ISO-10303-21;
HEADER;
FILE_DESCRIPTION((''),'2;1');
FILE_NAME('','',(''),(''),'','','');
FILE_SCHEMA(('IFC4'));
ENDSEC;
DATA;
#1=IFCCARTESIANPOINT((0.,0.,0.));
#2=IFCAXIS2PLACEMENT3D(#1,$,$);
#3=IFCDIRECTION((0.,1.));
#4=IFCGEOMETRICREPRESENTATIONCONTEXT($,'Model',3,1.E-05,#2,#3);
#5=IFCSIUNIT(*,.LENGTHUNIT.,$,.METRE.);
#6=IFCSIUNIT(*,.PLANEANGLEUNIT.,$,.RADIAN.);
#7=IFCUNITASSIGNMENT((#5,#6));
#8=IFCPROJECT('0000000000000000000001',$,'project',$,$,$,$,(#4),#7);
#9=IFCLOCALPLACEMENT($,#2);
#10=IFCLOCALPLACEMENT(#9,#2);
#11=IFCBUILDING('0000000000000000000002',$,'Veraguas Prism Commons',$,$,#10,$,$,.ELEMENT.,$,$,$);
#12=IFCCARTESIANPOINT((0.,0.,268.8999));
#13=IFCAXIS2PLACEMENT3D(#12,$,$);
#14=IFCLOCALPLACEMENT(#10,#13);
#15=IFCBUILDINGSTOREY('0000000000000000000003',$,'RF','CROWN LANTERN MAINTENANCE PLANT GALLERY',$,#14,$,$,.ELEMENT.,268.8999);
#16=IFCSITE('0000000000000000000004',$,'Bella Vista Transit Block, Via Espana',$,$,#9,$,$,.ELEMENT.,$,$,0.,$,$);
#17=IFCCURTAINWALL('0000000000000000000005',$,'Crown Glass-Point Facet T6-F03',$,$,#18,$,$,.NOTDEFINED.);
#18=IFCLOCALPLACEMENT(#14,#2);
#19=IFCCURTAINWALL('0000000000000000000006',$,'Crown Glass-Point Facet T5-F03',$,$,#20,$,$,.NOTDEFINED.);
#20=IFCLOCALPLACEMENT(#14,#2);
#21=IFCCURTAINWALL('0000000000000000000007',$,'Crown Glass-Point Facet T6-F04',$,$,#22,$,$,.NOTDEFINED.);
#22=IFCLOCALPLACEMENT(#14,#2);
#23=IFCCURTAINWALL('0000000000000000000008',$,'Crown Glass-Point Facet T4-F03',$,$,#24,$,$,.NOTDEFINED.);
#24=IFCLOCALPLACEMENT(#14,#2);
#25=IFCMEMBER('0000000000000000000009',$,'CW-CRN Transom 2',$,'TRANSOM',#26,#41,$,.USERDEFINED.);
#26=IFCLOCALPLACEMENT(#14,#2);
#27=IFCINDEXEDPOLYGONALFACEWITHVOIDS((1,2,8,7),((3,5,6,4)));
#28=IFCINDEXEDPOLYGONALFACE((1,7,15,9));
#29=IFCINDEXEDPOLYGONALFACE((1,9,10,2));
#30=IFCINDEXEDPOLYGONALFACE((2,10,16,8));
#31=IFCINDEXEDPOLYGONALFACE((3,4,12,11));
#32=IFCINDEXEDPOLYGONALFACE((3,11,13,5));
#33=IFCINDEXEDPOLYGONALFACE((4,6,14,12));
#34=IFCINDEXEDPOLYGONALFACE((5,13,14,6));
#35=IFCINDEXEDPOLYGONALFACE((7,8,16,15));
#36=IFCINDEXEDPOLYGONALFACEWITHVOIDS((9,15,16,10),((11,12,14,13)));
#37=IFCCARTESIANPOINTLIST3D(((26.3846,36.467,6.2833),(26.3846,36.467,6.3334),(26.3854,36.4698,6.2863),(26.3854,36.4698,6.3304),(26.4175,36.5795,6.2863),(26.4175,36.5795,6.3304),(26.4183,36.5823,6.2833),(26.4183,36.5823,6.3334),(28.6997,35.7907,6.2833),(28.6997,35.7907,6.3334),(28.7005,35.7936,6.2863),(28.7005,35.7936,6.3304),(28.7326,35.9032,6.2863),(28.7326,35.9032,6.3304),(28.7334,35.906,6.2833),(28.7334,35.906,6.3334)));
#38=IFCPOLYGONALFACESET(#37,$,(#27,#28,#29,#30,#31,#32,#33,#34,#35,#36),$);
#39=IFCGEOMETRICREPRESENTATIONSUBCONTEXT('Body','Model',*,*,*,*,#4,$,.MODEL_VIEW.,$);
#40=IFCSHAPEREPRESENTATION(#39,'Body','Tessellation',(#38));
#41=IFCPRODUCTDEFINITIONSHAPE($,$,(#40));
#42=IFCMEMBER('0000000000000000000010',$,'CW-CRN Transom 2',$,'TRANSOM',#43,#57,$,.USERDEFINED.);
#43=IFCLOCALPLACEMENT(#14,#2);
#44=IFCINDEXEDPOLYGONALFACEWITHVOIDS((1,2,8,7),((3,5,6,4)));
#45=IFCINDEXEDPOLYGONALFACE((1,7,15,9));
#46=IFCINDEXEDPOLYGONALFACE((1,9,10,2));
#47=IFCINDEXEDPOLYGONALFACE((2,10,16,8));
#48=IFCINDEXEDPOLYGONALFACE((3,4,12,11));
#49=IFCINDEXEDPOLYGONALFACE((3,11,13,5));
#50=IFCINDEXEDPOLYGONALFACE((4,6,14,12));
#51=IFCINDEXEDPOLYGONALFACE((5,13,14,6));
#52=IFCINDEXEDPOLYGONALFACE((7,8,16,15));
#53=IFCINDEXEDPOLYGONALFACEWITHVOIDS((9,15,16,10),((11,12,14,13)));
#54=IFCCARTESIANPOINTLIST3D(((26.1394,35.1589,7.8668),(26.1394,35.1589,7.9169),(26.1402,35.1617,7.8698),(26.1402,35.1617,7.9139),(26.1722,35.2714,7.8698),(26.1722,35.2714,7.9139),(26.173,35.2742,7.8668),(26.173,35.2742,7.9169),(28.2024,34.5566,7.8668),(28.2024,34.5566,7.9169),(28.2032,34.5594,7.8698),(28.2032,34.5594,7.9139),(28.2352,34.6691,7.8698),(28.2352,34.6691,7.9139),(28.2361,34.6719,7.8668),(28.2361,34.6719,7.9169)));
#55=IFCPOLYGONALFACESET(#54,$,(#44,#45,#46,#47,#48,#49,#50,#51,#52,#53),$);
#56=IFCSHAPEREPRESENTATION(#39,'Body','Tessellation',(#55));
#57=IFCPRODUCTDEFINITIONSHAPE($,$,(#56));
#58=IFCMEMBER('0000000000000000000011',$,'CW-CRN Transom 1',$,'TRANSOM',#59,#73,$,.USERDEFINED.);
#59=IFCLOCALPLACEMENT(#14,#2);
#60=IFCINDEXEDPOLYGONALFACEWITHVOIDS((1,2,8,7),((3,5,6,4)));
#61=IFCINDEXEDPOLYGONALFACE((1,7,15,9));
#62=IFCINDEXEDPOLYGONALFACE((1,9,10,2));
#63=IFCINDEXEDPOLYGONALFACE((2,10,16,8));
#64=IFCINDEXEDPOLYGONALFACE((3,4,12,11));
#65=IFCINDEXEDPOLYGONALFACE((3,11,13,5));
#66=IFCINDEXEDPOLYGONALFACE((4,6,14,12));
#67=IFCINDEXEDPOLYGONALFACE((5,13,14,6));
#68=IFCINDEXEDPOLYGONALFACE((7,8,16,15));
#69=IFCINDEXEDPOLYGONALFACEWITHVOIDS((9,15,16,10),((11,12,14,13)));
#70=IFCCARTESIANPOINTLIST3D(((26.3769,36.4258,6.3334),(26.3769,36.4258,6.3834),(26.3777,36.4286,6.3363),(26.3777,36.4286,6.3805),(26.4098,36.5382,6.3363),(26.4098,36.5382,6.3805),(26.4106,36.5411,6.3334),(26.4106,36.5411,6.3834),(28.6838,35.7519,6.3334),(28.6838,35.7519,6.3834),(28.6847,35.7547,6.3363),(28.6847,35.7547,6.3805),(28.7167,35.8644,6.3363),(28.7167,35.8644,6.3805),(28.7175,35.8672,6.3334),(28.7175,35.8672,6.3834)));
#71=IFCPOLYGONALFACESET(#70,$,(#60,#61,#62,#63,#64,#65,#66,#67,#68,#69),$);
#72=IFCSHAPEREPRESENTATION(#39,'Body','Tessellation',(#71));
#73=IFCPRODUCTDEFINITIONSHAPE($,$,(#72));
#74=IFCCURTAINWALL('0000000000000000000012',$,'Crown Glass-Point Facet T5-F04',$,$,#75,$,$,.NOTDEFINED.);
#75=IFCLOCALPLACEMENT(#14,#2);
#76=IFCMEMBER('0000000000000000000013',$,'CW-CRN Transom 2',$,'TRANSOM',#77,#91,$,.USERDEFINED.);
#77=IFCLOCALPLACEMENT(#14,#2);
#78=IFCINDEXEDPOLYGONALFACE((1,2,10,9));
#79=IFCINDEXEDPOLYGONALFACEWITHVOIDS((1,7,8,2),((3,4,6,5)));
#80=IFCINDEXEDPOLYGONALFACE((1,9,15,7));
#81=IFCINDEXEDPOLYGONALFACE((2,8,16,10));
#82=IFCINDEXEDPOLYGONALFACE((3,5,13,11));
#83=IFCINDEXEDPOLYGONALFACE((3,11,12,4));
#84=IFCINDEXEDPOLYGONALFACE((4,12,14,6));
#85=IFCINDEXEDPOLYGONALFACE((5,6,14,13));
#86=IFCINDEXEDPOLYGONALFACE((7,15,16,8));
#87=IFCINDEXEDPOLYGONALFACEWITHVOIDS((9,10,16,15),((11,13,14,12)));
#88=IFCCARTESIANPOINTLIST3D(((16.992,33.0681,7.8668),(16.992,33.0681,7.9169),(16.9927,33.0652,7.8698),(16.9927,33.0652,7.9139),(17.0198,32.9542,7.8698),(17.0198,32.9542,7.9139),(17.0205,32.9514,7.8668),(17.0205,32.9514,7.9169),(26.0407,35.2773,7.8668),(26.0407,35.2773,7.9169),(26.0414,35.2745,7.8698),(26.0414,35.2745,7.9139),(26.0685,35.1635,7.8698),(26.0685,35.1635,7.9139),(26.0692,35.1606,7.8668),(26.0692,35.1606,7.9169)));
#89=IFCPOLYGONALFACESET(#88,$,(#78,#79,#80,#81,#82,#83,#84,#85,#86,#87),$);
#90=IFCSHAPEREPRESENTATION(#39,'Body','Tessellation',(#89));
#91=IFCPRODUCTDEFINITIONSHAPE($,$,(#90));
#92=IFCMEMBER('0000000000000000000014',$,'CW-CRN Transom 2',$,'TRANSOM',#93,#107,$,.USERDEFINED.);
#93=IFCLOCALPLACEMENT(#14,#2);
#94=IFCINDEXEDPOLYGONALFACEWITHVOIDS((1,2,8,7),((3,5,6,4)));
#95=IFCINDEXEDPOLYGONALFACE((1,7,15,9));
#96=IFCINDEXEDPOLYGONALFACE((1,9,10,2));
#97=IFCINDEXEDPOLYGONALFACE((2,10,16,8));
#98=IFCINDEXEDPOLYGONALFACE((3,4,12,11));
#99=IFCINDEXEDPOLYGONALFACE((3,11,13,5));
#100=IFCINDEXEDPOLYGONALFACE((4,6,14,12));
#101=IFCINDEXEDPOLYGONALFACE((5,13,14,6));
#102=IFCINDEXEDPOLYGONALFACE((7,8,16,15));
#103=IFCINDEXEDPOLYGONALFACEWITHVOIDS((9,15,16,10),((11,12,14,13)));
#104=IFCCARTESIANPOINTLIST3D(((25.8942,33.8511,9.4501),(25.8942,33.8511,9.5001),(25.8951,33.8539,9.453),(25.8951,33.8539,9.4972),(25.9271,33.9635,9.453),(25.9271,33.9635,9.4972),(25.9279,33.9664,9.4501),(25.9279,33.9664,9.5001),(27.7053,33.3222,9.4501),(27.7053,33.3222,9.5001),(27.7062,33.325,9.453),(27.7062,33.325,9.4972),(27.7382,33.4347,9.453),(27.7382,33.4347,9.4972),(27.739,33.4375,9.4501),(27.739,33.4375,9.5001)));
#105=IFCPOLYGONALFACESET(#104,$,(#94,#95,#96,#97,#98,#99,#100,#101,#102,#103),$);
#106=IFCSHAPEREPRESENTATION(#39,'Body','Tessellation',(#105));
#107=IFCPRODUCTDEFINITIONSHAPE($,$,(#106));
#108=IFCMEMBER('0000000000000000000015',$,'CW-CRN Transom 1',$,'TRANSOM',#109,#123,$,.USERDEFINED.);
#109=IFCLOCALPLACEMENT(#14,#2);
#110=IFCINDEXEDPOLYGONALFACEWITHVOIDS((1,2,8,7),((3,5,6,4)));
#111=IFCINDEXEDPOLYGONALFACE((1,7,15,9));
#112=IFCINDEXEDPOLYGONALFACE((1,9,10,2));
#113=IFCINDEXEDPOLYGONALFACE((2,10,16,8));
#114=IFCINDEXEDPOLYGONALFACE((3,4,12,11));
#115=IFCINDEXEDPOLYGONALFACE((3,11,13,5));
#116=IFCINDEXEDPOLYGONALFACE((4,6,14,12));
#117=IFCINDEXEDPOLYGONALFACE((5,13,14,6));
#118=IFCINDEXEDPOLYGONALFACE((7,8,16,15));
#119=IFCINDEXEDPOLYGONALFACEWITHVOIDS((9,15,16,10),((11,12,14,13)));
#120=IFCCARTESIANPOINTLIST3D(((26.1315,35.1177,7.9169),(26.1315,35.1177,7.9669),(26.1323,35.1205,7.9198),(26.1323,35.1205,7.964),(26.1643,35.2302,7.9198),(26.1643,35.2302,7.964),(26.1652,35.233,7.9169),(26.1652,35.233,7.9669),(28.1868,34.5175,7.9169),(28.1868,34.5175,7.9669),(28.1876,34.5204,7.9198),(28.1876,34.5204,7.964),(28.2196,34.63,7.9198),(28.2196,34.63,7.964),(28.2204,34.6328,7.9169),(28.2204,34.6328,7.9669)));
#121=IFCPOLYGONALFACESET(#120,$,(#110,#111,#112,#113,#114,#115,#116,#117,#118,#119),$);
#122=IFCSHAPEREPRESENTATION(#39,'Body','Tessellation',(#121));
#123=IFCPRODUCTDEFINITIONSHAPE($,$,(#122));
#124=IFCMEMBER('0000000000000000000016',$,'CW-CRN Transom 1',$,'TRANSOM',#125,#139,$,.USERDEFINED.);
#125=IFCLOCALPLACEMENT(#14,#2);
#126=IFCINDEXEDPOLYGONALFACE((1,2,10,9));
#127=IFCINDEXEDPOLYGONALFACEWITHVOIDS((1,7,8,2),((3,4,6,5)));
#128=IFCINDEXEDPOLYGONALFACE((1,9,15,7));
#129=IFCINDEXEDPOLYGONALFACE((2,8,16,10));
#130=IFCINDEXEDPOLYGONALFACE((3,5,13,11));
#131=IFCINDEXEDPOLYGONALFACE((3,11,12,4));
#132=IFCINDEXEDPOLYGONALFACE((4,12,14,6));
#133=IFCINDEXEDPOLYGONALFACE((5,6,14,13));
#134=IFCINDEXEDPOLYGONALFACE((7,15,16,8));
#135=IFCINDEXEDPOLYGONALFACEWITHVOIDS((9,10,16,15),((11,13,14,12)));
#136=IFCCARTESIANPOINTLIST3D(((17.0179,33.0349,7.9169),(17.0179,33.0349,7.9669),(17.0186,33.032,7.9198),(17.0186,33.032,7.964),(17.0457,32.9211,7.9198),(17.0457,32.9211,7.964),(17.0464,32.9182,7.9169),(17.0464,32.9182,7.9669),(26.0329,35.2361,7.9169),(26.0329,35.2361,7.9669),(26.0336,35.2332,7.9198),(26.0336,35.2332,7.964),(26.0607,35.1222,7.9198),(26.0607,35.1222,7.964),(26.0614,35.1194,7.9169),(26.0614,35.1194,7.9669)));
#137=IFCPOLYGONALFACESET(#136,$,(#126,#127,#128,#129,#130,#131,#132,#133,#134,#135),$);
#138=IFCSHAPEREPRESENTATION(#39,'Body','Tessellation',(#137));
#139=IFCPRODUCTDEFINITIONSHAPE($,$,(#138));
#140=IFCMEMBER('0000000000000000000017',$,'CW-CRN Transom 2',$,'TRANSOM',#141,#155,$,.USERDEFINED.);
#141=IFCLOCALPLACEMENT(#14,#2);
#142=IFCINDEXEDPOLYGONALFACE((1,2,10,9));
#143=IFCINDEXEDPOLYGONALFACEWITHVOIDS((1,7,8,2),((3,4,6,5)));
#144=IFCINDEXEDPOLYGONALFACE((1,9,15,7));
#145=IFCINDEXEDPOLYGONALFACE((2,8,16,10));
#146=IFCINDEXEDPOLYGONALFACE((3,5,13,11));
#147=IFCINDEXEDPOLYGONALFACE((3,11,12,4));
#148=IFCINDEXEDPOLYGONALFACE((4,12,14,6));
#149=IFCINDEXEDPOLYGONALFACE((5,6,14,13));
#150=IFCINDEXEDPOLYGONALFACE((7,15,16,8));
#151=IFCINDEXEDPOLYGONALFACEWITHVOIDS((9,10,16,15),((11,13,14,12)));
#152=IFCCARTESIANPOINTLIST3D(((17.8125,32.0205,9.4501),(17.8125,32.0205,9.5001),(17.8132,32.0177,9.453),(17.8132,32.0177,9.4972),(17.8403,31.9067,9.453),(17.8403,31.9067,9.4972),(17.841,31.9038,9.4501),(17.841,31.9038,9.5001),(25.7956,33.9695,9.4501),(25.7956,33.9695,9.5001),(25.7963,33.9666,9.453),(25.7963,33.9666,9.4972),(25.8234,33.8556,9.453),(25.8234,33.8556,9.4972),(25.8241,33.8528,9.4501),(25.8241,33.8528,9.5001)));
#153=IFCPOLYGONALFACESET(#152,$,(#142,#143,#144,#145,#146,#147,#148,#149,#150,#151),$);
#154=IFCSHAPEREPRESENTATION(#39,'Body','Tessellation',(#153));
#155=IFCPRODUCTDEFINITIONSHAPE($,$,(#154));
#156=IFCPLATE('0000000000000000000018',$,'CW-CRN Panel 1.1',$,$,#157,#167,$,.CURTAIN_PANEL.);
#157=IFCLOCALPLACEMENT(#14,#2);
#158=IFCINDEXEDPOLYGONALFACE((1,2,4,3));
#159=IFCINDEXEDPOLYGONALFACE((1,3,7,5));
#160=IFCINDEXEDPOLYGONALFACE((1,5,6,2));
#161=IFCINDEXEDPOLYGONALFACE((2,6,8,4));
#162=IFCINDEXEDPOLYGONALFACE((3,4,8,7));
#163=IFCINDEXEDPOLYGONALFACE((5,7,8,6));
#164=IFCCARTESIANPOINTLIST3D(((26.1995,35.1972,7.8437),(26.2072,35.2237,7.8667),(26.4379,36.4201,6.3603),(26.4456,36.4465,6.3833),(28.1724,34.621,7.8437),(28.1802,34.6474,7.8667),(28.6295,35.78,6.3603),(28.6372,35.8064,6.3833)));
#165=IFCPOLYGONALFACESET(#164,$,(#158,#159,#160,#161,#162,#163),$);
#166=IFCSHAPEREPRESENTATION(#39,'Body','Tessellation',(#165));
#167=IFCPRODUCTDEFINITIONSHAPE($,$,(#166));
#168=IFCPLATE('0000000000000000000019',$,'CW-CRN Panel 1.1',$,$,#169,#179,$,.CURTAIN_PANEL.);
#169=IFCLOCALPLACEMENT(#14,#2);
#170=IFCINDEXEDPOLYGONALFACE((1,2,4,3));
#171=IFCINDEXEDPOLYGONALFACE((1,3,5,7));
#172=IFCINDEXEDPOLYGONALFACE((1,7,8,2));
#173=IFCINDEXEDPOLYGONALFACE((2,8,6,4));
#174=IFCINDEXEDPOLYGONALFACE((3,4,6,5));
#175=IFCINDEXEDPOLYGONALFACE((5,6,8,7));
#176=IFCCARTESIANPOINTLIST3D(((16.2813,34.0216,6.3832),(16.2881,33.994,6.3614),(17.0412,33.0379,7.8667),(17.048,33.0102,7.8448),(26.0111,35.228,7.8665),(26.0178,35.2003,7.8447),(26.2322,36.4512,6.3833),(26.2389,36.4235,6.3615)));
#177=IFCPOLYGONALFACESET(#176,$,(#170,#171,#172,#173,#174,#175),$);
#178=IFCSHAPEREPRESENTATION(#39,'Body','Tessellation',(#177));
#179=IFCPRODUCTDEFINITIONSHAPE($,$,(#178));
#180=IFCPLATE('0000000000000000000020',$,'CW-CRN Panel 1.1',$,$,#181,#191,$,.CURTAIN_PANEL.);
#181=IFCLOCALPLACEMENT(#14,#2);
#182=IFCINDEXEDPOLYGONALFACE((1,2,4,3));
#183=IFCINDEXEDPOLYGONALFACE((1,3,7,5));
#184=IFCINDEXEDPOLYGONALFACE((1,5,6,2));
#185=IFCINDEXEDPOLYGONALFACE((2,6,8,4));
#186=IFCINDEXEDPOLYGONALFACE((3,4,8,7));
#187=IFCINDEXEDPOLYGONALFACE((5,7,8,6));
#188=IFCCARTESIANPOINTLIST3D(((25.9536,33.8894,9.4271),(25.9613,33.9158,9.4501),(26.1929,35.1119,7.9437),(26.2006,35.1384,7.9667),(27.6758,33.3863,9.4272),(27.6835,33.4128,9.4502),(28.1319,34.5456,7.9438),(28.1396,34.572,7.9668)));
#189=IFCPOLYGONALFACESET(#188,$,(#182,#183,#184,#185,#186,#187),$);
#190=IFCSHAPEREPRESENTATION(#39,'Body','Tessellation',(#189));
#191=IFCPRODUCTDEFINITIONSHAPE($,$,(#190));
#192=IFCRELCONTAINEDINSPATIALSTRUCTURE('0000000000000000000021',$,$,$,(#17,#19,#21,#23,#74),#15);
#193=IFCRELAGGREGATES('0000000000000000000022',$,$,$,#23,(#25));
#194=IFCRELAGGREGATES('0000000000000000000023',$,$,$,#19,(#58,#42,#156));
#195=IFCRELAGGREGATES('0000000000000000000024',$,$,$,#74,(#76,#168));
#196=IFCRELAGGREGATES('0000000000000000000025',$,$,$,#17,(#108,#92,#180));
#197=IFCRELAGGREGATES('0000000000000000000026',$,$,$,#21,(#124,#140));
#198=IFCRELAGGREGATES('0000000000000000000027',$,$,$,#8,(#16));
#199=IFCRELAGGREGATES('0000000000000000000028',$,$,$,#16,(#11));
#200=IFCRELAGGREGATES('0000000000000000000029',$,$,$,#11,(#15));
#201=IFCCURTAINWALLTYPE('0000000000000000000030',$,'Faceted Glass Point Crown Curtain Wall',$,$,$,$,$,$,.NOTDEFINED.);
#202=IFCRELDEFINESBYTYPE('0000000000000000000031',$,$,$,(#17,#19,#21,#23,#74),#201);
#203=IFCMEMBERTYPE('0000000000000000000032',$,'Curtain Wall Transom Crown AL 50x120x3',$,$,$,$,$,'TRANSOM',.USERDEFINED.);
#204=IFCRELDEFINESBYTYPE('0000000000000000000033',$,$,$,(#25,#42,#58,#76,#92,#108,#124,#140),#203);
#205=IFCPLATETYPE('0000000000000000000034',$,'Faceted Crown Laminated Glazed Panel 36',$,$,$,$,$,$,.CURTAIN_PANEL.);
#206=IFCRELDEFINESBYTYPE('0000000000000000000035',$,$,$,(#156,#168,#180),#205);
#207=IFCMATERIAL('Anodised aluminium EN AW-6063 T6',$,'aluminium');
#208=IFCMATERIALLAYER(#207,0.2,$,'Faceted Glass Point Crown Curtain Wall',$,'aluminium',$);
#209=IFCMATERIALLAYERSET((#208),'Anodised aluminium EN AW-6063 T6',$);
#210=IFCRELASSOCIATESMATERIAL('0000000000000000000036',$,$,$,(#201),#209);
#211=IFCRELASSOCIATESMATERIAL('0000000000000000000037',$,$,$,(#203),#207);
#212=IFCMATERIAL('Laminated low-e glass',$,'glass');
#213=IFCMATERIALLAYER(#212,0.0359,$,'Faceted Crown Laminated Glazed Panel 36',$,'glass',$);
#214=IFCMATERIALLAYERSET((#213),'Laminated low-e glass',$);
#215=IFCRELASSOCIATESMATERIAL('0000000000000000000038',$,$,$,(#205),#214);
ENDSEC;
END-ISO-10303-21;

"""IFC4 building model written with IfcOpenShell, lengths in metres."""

from ifc_helpers import new_model, si_unit, direction, frame, origin, origin_2d, place, context, subcontext, project, spatial, polyline, hollow_rectangle, outline, extrude, source, transform, mapped, material, layer, layer_set, material_profile, profile_set, type_object, element, aggregate, save


model = new_model("IFC4")

# Units and contexts
model_context = context("Model", 3, precision=1e-05, world=origin(), true_north=direction((0.0, 1.0)))
body_context = subcontext(model_context, "Body", "Model", "MODEL_VIEW")
ifc_project = project(units=[si_unit("LENGTHUNIT", "METRE"), si_unit("PLANEANGLEUNIT", "RADIAN")], contexts=[model_context])

# Site, building, storey
site_placement = place(None, origin())
site = spatial("IfcSite", under=ifc_project, at=site_placement, Name="Bella Vista Transit Block, Via Espana", CompositionType="ELEMENT", RefElevation=0.0)
building_placement = place(site_placement, origin())
building = spatial("IfcBuilding", under=site, at=building_placement, Name="Veraguas Prism Commons", CompositionType="ELEMENT")
storey_placement = place(building_placement, frame((0.0, 0.0, 268.8999)))
storey = spatial("IfcBuildingStorey", under=building, at=storey_placement, Name="RF", Description="CROWN LANTERN MAINTENANCE PLANT GALLERY", CompositionType="ELEMENT", Elevation=268.8999)

# Curtain walls
ifc_material_1 = material(Name="Anodised aluminium EN AW-6063 T6", Category="aluminium")
ifc_layer_1 = layer(ifc_material_1, 0.2, Name="Faceted Glass Point Crown Curtain Wall", Category="aluminium")
ifc_layer_set_1 = layer_set([ifc_layer_1], Name="Anodised aluminium EN AW-6063 T6")
curtain_wall_type = type_object("IfcCurtainWallType", Name="Faceted Glass Point Crown Curtain Wall", PredefinedType="NOTDEFINED", material=ifc_layer_set_1)
curtain_wall_1_placement = place(storey_placement, origin())
curtain_wall_1 = element("IfcCurtainWall", 1, at=curtain_wall_1_placement, inside=storey, type_object=curtain_wall_type, Name="Crown Glass-Point Facet T6-F03", PredefinedType="NOTDEFINED")
curtain_wall_2_placement = place(storey_placement, origin())
curtain_wall_2 = element("IfcCurtainWall", 2, at=curtain_wall_2_placement, inside=storey, type_object=curtain_wall_type, Name="Crown Glass-Point Facet T5-F03", PredefinedType="NOTDEFINED")

# Curtain walls, member
curtain_wall_3_placement = place(storey_placement, origin())
curtain_wall_3 = element("IfcCurtainWall", 3, at=curtain_wall_3_placement, inside=storey, type_object=curtain_wall_type, Name="Crown Glass-Point Facet T6-F04", PredefinedType="NOTDEFINED")
curtain_wall_4_placement = place(storey_placement, origin())
curtain_wall_4 = element("IfcCurtainWall", 4, at=curtain_wall_4_placement, inside=storey, type_object=curtain_wall_type, Name="Crown Glass-Point Facet T4-F03", PredefinedType="NOTDEFINED")
ifc_material_profile_1 = material_profile(ifc_material_1, hollow_rectangle(XDim=0.05, YDim=0.1201, WallThickness=0.0029, at=origin_2d()), Name="AL50X120X3")
ifc_profile_set_1 = profile_set([ifc_material_profile_1], Name="Anodised aluminium EN AW-6063 T6")
member_type_1 = type_object("IfcMemberType", Name="Curtain Wall Transom Crown AL 50x120x3", ElementType="TRANSOM", PredefinedType="USERDEFINED", material=ifc_profile_set_1)
shared_shape_1 = source(origin(), body_context, "Body", "SweptSolid", [
    extrude(hollow_rectangle(XDim=0.05, YDim=0.1201, WallThickness=0.0029, at=origin_2d()), origin(), (0.0, 0.0, 1.0), 2.4119),
])
member_1_placement = place(storey_placement, frame((28.7166, 35.8484, 6.3083), z_axis=(-0.959888, 0.280385, 0.0), x_axis=(0.0, 0.0, 1.0)))
member_1 = element("IfcMember", 5, at=member_1_placement, type_object=member_type_1, Name="CW-CRN Transom 2", ObjectType="TRANSOM", PredefinedType="USERDEFINED", context=body_context, shape_type="MappedRepresentation", body=[
    mapped(shared_shape_1, transform((0.0, 0.0, 0.0), scale=1.0)),
])
aggregate(curtain_wall_4, [member_1])

# Members
shared_shape_2 = source(origin(), body_context, "Body", "SweptSolid", [
    extrude(hollow_rectangle(XDim=0.05, YDim=0.1201, WallThickness=0.0029, at=origin_2d()), origin(), (0.0, 0.0, 1.0), 2.1492),
])
member_2_placement = place(storey_placement, frame((28.2192, 34.6143, 7.8918), z_axis=(-0.959926, 0.280253, 0.0), x_axis=(0.0, 0.0, 1.0)))
member_2 = element("IfcMember", 6, at=member_2_placement, type_object=member_type_1, Name="CW-CRN Transom 2", ObjectType="TRANSOM", PredefinedType="USERDEFINED", context=body_context, shape_type="MappedRepresentation", body=[
    mapped(shared_shape_2, transform((0.0, 0.0, 0.0), scale=1.0)),
])
shared_shape_3 = source(origin(), body_context, "Body", "SweptSolid", [
    extrude(hollow_rectangle(XDim=0.05, YDim=0.1201, WallThickness=0.0029, at=origin_2d()), origin(), (0.0, 0.0, 1.0), 2.4033),
])
member_3_placement = place(storey_placement, frame((28.7007, 35.8096, 6.3584), z_axis=(-0.95989, 0.280378, 0.0), x_axis=(0.0, 0.0, 1.0)))
member_3 = element("IfcMember", 7, at=member_3_placement, type_object=member_type_1, Name="CW-CRN Transom 1", ObjectType="TRANSOM", PredefinedType="USERDEFINED", context=body_context, shape_type="MappedRepresentation", body=[
    mapped(shared_shape_3, transform((0.0, 0.0, 0.0), scale=1.0)),
])

# Curtain wall, member
curtain_wall_5_placement = place(storey_placement, origin())
curtain_wall_5 = element("IfcCurtainWall", 8, at=curtain_wall_5_placement, inside=storey, type_object=curtain_wall_type, Name="Crown Glass-Point Facet T5-F04", PredefinedType="NOTDEFINED")
shared_shape_4 = source(origin(), body_context, "Body", "SweptSolid", [
    extrude(hollow_rectangle(XDim=0.05, YDim=0.1201, WallThickness=0.0029, at=origin_2d()), origin(), (0.0, 0.0, 1.0), 9.3145),
])
member_4_placement = place(storey_placement, frame((26.0549, 35.219, 7.8918), z_axis=(-0.971465, -0.237185, 0.0), x_axis=(0.0, 0.0, 1.0)))
member_4 = element("IfcMember", 9, at=member_4_placement, type_object=member_type_1, Name="CW-CRN Transom 2", ObjectType="TRANSOM", PredefinedType="USERDEFINED", context=body_context, shape_type="MappedRepresentation", body=[
    mapped(shared_shape_4, transform((0.0, 0.0, 0.0), scale=1.0)),
])

# Members
shared_shape_5 = source(origin(), body_context, "Body", "SweptSolid", [
    extrude(hollow_rectangle(XDim=0.05, YDim=0.1201, WallThickness=0.0029, at=origin_2d()), origin(), (0.0, 0.0, 1.0), 1.8867),
])
member_5_placement = place(storey_placement, frame((27.7222, 33.3799, 9.4751), z_axis=(-0.959916, 0.280288, 0.0), x_axis=(0.0, 0.0, 1.0)))
member_5 = element("IfcMember", 10, at=member_5_placement, type_object=member_type_1, Name="CW-CRN Transom 2", ObjectType="TRANSOM", PredefinedType="USERDEFINED", context=body_context, shape_type="MappedRepresentation", body=[
    mapped(shared_shape_5, transform((0.0, 0.0, 0.0), scale=1.0)),
])
shared_shape_6 = source(origin(), body_context, "Body", "SweptSolid", [
    extrude(hollow_rectangle(XDim=0.05, YDim=0.1201, WallThickness=0.0029, at=origin_2d()), origin(), (0.0, 0.0, 1.0), 2.1411),
])
member_6_placement = place(storey_placement, frame((28.2036, 34.5752, 7.9419), z_axis=(-0.959916, 0.280289, 0.0), x_axis=(0.0, 0.0, 1.0)))
member_6 = element("IfcMember", 11, at=member_6_placement, type_object=member_type_1, Name="CW-CRN Transom 1", ObjectType="TRANSOM", PredefinedType="USERDEFINED", context=body_context, shape_type="MappedRepresentation", body=[
    mapped(shared_shape_6, transform((0.0, 0.0, 0.0), scale=1.0)),
])
shared_shape_7 = source(origin(), body_context, "Body", "SweptSolid", [
    extrude(hollow_rectangle(XDim=0.05, YDim=0.1201, WallThickness=0.0029, at=origin_2d()), origin(), (0.0, 0.0, 1.0), 9.2798),
])
member_7_placement = place(storey_placement, frame((26.0471, 35.1777, 7.9419), z_axis=(-0.97146, -0.237202, 0.0), x_axis=(0.0, 0.0, 1.0)))
member_7 = element("IfcMember", 12, at=member_7_placement, type_object=member_type_1, Name="CW-CRN Transom 1", ObjectType="TRANSOM", PredefinedType="USERDEFINED", context=body_context, shape_type="MappedRepresentation", body=[
    mapped(shared_shape_7, transform((0.0, 0.0, 0.0), scale=1.0)),
])
shared_shape_8 = source(origin(), body_context, "Body", "SweptSolid", [
    extrude(hollow_rectangle(XDim=0.05, YDim=0.1201, WallThickness=0.0029, at=origin_2d()), origin(), (0.0, 0.0, 1.0), 8.2175),
])
member_8_placement = place(storey_placement, frame((25.8098, 33.9111, 9.4751), z_axis=(-0.971468, -0.23717, 0.0), x_axis=(0.0, 0.0, 1.0)))
member_8 = element("IfcMember", 13, at=member_8_placement, type_object=member_type_1, Name="CW-CRN Transom 2", ObjectType="TRANSOM", PredefinedType="USERDEFINED", context=body_context, shape_type="MappedRepresentation", body=[
    mapped(shared_shape_8, transform((0.0, 0.0, 0.0), scale=1.0)),
])

# Plates
ifc_material_2 = material(Name="Laminated low-e glass", Category="glass")
ifc_layer_2 = layer(ifc_material_2, 0.0359, Name="Faceted Crown Laminated Glazed Panel 36", Category="glass")
ifc_layer_set_2 = layer_set([ifc_layer_2], Name="Laminated low-e glass")
plate_type_1 = type_object("IfcPlateType", Name="Faceted Crown Laminated Glazed Panel 36", PredefinedType="CURTAIN_PANEL", material=ifc_layer_set_2)
plate_1_placement = place(storey_placement, frame((28.6372, 35.8064, 6.3833), z_axis=(0.215053, 0.736324, 0.641544), x_axis=(-0.959896, 0.280356, -0.000008)))
plate_1 = element("IfcPlate", 14, at=plate_1_placement, type_object=plate_type_1, Name="CW-CRN Panel 1.1", PredefinedType="CURTAIN_PANEL", context=body_context, shape_type="SweptSolid", body=[
    extrude(outline(polyline([(0.0, 0.0), (2.2832, 0.0), (2.1692, 1.9338), (0.1138, 1.9338), (0.0, 0.0)])), origin(), (0.0, 0.0, -1.0), 0.0359),
])
aggregate(curtain_wall_2, [member_3, member_2, plate_1])
plate_2_placement = place(storey_placement, frame((26.2322, 36.4512, 6.3833), z_axis=(-0.188318, 0.771297, 0.607978), x_axis=(-0.971464, -0.237185, -0.000007)))
plate_2 = element("IfcPlate", 15, at=plate_2_placement, type_object=plate_type_1, Name="CW-CRN Panel 1.1", PredefinedType="CURTAIN_PANEL", context=body_context, shape_type="SweptSolid", body=[
    extrude(outline(polyline([(0.0, 0.0), (10.2432, 0.0), (9.7383, 1.8684), (0.5049, 1.8682), (0.0, 0.0)])), origin(), (0.0, 0.0, -1.0), 0.0359),
])
aggregate(curtain_wall_5, [member_4, plate_2])
plate_3_placement = place(storey_placement, frame((28.1396, 34.572, 7.9668), z_axis=(0.215047, 0.736317, 0.641555), x_axis=(-0.959893, 0.280368, -0.000027)))
plate_3 = element("IfcPlate", 16, at=plate_3_placement, type_object=plate_type_1, Name="CW-CRN Panel 1.1", PredefinedType="CURTAIN_PANEL", context=body_context, shape_type="SweptSolid", body=[
    extrude(outline(polyline([(0.0, 0.0), (2.02, 0.0), (1.907, 1.9338), (0.1128, 1.9338), (0.0, 0.0)])), origin(), (0.0, 0.0, -1.0), 0.0359),
])
aggregate(curtain_wall_1, [member_6, member_5, plate_3])
aggregate(curtain_wall_3, [member_7, member_8])

save(model, "model.ifc")
